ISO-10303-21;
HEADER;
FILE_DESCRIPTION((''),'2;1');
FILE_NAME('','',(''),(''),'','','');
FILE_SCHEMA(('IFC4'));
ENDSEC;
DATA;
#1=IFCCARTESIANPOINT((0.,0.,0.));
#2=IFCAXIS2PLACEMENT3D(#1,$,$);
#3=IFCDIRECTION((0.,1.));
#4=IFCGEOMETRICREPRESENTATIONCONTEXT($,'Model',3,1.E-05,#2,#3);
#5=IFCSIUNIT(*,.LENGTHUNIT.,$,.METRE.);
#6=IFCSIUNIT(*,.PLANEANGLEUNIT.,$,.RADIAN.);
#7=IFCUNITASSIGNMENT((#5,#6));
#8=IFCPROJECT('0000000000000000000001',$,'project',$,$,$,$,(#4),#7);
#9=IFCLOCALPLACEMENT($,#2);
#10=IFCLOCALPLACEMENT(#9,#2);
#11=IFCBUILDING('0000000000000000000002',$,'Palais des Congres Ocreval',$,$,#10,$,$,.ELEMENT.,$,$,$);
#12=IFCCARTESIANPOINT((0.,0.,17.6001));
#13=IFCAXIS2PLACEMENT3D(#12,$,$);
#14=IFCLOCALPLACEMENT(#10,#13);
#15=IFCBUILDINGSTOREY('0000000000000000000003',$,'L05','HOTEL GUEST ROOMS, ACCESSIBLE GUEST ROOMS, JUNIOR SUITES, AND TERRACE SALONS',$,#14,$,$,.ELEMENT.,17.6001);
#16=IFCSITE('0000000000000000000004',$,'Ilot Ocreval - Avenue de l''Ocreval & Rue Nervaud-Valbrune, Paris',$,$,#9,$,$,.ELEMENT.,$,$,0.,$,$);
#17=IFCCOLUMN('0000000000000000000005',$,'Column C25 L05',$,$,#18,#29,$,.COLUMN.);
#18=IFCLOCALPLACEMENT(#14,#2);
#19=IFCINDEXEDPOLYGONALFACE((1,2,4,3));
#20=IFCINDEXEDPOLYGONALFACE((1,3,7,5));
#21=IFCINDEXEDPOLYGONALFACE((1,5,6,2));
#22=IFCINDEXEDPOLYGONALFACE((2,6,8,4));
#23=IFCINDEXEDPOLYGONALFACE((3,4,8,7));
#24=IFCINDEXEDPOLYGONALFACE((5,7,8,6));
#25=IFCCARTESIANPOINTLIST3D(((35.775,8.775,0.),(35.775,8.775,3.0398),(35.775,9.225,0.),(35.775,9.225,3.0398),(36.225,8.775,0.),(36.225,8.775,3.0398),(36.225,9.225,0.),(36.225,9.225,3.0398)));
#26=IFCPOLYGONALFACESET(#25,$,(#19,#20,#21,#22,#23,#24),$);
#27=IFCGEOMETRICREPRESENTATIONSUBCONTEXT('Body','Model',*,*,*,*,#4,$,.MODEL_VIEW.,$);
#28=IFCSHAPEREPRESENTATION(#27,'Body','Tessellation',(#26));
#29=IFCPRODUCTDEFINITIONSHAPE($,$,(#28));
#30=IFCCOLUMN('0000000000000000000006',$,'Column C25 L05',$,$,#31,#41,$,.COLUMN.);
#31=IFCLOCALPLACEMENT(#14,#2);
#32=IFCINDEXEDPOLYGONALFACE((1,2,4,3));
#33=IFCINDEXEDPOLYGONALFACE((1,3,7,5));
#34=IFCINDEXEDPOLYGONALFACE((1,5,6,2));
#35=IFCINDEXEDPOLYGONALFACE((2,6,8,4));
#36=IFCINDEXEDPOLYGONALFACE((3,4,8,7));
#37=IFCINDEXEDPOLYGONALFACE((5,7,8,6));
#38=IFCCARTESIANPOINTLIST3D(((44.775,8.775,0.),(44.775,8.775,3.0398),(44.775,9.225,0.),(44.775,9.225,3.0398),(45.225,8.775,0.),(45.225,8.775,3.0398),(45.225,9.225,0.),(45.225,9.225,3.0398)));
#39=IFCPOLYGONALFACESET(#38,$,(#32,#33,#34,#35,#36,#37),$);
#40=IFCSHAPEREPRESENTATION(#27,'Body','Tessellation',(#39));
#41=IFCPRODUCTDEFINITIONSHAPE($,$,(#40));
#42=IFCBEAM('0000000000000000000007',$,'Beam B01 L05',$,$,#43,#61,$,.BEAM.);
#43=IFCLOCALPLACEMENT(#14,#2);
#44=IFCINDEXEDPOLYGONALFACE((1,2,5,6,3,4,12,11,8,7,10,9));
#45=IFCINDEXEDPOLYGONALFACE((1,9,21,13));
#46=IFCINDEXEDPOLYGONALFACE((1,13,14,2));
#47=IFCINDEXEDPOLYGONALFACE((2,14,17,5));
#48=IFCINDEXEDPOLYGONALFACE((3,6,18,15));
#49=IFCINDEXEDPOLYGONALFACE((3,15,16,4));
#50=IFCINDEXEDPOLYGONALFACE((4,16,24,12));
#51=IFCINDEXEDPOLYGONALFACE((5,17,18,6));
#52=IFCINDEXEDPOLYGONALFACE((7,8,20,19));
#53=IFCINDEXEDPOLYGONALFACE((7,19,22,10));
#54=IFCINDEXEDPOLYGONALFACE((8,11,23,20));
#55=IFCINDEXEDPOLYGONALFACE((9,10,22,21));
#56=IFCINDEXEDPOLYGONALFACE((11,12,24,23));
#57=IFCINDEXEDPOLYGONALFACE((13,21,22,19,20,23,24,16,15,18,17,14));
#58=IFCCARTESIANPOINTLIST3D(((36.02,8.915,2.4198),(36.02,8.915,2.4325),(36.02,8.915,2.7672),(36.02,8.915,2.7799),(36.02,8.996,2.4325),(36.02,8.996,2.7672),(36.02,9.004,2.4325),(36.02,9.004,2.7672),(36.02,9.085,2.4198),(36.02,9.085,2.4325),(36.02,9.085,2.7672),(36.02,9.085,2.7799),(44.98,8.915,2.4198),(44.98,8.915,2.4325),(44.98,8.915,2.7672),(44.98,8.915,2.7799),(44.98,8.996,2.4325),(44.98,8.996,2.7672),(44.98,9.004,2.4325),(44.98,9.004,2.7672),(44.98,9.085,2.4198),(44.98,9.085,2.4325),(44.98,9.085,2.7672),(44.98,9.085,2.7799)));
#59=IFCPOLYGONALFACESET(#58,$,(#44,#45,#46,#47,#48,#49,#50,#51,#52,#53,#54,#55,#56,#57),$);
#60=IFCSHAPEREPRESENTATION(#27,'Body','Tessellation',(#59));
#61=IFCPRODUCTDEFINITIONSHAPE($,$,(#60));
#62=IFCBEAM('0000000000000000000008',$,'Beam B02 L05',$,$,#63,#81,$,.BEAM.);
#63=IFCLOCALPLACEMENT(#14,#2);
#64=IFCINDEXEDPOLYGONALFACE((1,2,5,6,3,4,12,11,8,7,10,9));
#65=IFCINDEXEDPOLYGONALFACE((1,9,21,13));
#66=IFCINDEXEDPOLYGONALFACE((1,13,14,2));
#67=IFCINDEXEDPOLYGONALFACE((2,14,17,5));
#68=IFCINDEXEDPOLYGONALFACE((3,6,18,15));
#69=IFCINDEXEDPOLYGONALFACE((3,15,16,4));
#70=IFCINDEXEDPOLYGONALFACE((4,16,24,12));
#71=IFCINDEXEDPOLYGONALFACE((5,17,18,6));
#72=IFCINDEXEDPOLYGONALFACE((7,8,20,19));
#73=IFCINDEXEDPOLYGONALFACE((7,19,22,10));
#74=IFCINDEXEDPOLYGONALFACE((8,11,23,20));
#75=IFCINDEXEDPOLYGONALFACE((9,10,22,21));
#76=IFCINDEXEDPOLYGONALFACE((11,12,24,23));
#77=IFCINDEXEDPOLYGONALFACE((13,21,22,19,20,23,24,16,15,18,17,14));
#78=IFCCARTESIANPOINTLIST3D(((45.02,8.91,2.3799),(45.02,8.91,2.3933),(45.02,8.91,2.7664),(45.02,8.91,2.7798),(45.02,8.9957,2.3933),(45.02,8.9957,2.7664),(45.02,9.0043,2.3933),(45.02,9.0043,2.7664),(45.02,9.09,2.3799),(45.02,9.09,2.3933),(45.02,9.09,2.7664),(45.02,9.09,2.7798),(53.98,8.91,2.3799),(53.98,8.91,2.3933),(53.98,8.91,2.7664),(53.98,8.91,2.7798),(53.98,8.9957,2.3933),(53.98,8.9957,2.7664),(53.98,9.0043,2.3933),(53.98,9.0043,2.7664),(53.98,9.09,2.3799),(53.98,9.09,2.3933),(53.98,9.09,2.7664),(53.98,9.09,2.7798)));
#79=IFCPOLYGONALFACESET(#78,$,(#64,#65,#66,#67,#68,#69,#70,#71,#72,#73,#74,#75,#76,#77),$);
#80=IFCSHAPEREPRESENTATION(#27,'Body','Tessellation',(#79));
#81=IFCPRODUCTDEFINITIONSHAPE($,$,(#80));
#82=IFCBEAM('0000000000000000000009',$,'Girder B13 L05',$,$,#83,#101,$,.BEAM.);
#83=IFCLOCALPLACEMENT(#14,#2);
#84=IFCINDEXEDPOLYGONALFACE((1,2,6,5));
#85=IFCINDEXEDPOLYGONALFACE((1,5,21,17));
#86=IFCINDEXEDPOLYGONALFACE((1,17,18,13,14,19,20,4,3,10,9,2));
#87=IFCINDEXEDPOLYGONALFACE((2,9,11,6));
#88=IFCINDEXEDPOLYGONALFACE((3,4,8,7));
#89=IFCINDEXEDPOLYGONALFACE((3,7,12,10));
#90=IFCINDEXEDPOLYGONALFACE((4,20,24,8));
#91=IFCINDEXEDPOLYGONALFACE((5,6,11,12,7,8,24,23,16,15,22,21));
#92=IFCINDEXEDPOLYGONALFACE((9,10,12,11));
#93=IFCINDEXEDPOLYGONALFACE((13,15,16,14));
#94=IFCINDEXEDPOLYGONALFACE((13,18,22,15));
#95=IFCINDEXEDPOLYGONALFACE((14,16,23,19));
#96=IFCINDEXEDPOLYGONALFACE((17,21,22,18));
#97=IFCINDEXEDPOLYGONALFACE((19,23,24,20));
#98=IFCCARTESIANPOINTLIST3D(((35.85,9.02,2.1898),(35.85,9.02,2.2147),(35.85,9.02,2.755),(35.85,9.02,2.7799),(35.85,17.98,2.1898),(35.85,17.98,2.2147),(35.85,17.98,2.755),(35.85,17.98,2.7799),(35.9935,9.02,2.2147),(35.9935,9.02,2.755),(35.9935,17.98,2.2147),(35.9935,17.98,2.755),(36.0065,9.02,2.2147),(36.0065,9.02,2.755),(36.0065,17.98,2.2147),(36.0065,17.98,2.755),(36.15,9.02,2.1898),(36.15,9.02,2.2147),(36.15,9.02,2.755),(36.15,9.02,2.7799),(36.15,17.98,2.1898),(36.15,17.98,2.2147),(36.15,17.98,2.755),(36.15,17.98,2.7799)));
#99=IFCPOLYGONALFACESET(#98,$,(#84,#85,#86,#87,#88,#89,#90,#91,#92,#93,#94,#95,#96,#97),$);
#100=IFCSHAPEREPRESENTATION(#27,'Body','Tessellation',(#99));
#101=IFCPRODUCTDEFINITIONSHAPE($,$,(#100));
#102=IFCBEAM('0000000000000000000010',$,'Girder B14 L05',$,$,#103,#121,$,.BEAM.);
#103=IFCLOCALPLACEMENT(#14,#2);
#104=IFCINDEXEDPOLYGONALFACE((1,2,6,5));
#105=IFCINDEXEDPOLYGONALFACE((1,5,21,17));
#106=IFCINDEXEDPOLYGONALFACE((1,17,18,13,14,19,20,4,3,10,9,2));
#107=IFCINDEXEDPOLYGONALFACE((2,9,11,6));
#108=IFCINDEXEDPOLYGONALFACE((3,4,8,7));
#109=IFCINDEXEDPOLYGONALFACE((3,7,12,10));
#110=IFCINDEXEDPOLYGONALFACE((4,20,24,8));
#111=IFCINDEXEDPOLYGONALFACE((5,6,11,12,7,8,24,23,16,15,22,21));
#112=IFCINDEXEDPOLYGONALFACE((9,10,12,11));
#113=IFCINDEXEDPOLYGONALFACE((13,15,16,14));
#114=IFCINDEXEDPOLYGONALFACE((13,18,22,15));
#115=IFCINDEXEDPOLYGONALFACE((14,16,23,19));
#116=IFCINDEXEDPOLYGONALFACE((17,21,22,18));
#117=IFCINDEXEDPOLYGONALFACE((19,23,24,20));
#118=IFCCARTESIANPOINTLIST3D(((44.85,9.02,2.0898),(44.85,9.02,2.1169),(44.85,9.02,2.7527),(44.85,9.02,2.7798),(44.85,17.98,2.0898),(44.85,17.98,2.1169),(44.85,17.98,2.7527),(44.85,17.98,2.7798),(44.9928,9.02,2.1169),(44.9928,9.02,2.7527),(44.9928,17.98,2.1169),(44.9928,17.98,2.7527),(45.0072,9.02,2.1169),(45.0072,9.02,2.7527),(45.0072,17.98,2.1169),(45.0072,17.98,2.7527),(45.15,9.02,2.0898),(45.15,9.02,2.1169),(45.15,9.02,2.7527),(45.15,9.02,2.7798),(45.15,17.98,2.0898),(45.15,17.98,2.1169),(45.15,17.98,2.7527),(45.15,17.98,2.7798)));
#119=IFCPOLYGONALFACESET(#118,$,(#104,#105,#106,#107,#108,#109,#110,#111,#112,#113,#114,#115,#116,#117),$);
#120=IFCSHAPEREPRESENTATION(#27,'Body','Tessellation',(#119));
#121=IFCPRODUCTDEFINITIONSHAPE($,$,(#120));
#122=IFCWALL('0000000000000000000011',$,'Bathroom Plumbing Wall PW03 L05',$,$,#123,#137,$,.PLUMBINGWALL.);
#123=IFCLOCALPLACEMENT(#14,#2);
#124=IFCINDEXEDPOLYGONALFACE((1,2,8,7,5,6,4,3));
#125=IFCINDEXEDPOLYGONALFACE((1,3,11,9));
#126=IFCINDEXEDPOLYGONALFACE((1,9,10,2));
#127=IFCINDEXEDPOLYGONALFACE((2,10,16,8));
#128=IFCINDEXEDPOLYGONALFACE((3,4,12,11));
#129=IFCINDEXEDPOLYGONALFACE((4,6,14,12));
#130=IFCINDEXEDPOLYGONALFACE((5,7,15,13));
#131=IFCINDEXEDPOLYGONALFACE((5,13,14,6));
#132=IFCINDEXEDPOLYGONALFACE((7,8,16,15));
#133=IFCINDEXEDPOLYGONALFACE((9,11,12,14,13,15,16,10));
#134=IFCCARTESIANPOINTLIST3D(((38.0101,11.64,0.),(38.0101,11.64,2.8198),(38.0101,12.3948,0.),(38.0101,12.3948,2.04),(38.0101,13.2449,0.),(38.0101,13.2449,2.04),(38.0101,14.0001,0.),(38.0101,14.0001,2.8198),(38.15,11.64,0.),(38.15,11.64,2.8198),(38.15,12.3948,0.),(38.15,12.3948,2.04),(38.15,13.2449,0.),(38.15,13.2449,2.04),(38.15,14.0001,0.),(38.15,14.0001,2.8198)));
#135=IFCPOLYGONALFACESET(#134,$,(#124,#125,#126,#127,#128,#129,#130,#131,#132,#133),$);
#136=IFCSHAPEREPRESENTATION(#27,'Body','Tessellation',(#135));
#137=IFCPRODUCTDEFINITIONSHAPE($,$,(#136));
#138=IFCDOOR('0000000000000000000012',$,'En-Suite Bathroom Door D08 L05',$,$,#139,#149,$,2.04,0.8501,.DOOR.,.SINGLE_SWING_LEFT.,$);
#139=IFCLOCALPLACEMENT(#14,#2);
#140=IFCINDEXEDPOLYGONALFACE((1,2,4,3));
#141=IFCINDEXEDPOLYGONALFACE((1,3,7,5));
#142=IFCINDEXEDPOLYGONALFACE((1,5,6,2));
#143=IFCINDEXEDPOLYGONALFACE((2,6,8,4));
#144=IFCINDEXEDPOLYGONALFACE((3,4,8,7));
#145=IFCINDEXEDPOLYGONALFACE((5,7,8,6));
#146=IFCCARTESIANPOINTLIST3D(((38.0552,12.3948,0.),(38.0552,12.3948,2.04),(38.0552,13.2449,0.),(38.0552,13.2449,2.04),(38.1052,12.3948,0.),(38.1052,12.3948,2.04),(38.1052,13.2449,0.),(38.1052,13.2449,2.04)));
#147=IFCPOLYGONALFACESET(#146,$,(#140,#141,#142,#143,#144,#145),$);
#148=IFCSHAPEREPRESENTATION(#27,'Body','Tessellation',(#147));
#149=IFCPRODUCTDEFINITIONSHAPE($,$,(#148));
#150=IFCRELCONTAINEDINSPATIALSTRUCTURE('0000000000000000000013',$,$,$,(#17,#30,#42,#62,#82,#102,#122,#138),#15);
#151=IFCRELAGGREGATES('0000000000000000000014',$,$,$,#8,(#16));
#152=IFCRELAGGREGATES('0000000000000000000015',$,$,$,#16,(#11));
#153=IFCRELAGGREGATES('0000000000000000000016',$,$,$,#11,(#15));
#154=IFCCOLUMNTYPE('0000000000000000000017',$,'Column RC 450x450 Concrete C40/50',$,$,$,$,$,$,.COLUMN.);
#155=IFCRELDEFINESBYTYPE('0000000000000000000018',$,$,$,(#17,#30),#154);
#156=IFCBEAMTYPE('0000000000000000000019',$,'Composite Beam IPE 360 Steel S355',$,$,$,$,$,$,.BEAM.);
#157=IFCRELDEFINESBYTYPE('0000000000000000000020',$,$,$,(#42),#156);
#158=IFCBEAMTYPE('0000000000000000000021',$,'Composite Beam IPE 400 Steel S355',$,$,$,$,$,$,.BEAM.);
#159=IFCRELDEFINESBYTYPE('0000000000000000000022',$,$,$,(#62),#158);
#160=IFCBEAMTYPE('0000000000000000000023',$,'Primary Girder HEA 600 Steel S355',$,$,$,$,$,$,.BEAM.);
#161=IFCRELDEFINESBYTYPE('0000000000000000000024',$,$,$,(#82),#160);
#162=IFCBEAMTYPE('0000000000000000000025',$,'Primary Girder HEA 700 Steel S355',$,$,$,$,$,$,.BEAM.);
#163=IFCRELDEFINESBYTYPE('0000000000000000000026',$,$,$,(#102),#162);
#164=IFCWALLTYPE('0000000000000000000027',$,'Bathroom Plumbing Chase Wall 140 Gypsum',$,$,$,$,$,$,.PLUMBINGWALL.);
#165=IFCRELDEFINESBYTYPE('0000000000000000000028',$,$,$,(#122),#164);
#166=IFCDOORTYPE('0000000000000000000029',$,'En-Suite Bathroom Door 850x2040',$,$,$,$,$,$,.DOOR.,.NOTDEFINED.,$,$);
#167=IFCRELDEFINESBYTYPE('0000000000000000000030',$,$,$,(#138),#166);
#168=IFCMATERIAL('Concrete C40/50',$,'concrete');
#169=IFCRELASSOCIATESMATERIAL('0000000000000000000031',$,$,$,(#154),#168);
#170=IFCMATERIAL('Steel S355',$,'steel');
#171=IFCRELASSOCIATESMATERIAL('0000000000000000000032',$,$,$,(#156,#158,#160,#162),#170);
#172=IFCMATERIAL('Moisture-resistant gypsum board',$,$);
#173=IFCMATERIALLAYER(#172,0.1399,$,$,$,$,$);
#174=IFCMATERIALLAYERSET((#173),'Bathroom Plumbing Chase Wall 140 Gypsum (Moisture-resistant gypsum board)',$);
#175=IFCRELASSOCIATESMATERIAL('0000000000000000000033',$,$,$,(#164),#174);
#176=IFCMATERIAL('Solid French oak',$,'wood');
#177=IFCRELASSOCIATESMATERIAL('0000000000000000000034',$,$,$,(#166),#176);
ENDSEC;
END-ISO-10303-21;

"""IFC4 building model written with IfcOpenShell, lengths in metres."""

from ifc_helpers import new_model, si_unit, direction, frame, frame_2d, origin, origin_2d, place, context, subcontext, project, spatial, rectangle, i_section, extrude, material, layer, layer_set, material_profile, profile_set, type_object, element, fill, save


model = new_model("IFC4")

# Units and contexts
model_context = context("Model", 3, precision=1e-05, world=origin(), true_north=direction((0.0, 1.0)))
body_context = subcontext(model_context, "Body", "Model", "MODEL_VIEW")
ifc_project = project(units=[si_unit("LENGTHUNIT", "METRE"), si_unit("PLANEANGLEUNIT", "RADIAN")], contexts=[model_context])

# Site, building, storey
site_placement = place(None, origin())
site = spatial("IfcSite", under=ifc_project, at=site_placement, Name="Ilot Ocreval - Avenue de l'Ocreval & Rue Nervaud-Valbrune, Paris", CompositionType="ELEMENT", RefElevation=0.0)
building_placement = place(site_placement, origin())
building = spatial("IfcBuilding", under=site, at=building_placement, Name="Palais des Congres Ocreval", CompositionType="ELEMENT")
storey_placement = place(building_placement, frame((0.0, 0.0, 17.6001)))
storey = spatial("IfcBuildingStorey", under=building, at=storey_placement, Name="L05", Description="HOTEL GUEST ROOMS, ACCESSIBLE GUEST ROOMS, JUNIOR SUITES, AND TERRACE SALONS", CompositionType="ELEMENT", Elevation=17.6001)

# Columns
ifc_material_1 = material(Name="Concrete C40/50", Category="concrete")
ifc_material_profile_1 = material_profile(ifc_material_1, rectangle(XDim=0.45, YDim=0.45, at=origin_2d()), Name="RC 450x450")
ifc_profile_set_1 = profile_set([ifc_material_profile_1], Name="Concrete C40/50")
column_type = type_object("IfcColumnType", Name="Column RC 450x450 Concrete C40/50", PredefinedType="COLUMN", material=ifc_profile_set_1)
for number, where, z_axis, x_axis, name in (
    (1, (36.0, 9.0, 0.0), (0.0, 0.0, 1.0), (1.0, 0.0, 0.0), "Column C25 L05"),
    (2, (45.0, 9.0, 0.0), (0.0, 0.0, 1.0), (1.0, 0.0, 0.0), "Column C25 L05"),
):
    element("IfcColumn", number, at=place(storey_placement, frame(where, z_axis=z_axis, x_axis=x_axis)), inside=storey, type_object=column_type, Name=name, PredefinedType="COLUMN", context=body_context, shape_type="SweptSolid", body=[
        extrude(rectangle(XDim=0.45, YDim=0.45, at=origin_2d()), origin(), (0.0, 0.0, 1.0), 3.0398),
    ])

# Beams
ifc_material_2 = material(Name="Steel S355", Category="steel")
ifc_material_profile_2 = material_profile(ifc_material_2, i_section(OverallWidth=0.1699, OverallDepth=0.3601, WebThickness=0.0081, FlangeThickness=0.0127, at=origin_2d()), Name="IPE 360")
ifc_profile_set_2 = profile_set([ifc_material_profile_2], Name="Steel S355")
beam_type_1 = type_object("IfcBeamType", Name="Composite Beam IPE 360 Steel S355", PredefinedType="BEAM", material=ifc_profile_set_2)
beam_1_placement = place(storey_placement, frame((36.02, 9.0, 2.5999), z_axis=(1.0, 0.0, 0.0), x_axis=(0.0, 1.0, 0.0)))
element("IfcBeam", 3, at=beam_1_placement, inside=storey, type_object=beam_type_1, Name="Beam B01 L05", PredefinedType="BEAM", context=body_context, shape_type="SweptSolid", body=[
    extrude(i_section(OverallWidth=0.1699, OverallDepth=0.3601, WebThickness=0.0081, FlangeThickness=0.0127, at=origin_2d()), origin(), (0.0, 0.0, 1.0), 8.96),
])
ifc_material_profile_3 = material_profile(ifc_material_2, i_section(OverallWidth=0.1799, OverallDepth=0.3999, WebThickness=0.0085, FlangeThickness=0.0134, at=origin_2d()), Name="IPE 400")
ifc_profile_set_3 = profile_set([ifc_material_profile_3], Name="Steel S355")
beam_type_2 = type_object("IfcBeamType", Name="Composite Beam IPE 400 Steel S355", PredefinedType="BEAM", material=ifc_profile_set_3)
beam_2_placement = place(storey_placement, frame((45.02, 9.0, 2.5798), z_axis=(1.0, 0.0, 0.0), x_axis=(0.0, 1.0, 0.0)))
element("IfcBeam", 4, at=beam_2_placement, inside=storey, type_object=beam_type_2, Name="Beam B02 L05", PredefinedType="BEAM", context=body_context, shape_type="SweptSolid", body=[
    extrude(i_section(OverallWidth=0.1799, OverallDepth=0.3999, WebThickness=0.0085, FlangeThickness=0.0134, at=origin_2d()), origin(), (0.0, 0.0, 1.0), 8.96),
])
ifc_material_profile_4 = material_profile(ifc_material_2, i_section(OverallWidth=0.3, OverallDepth=0.5901, WebThickness=0.0129, FlangeThickness=0.0249, at=origin_2d()), Name="HEA 600")
ifc_profile_set_4 = profile_set([ifc_material_profile_4], Name="Steel S355")
beam_type_3 = type_object("IfcBeamType", Name="Primary Girder HEA 600 Steel S355", PredefinedType="BEAM", material=ifc_profile_set_4)
beam_3_placement = place(storey_placement, frame((36.0, 9.02, 2.4849), z_axis=(0.0, 1.0, 0.0), x_axis=(-1.0, 0.0, 0.0)))
element("IfcBeam", 5, at=beam_3_placement, inside=storey, type_object=beam_type_3, Name="Girder B13 L05", PredefinedType="BEAM", context=body_context, shape_type="SweptSolid", body=[
    extrude(i_section(OverallWidth=0.3, OverallDepth=0.5901, WebThickness=0.0129, FlangeThickness=0.0249, at=origin_2d()), origin(), (0.0, 0.0, 1.0), 8.96),
])
ifc_material_profile_5 = material_profile(ifc_material_2, i_section(OverallWidth=0.3, OverallDepth=0.6899, WebThickness=0.0144, FlangeThickness=0.0271, at=origin_2d()), Name="HEA 700")
ifc_profile_set_5 = profile_set([ifc_material_profile_5], Name="Steel S355")
beam_type_4 = type_object("IfcBeamType", Name="Primary Girder HEA 700 Steel S355", PredefinedType="BEAM", material=ifc_profile_set_5)
beam_4_placement = place(storey_placement, frame((45.0, 9.02, 2.4348), z_axis=(0.0, 1.0, 0.0), x_axis=(-1.0, 0.0, 0.0)))
element("IfcBeam", 6, at=beam_4_placement, inside=storey, type_object=beam_type_4, Name="Girder B14 L05", PredefinedType="BEAM", context=body_context, shape_type="SweptSolid", body=[
    extrude(i_section(OverallWidth=0.3, OverallDepth=0.6899, WebThickness=0.0144, FlangeThickness=0.0271, at=origin_2d()), origin(), (0.0, 0.0, 1.0), 8.96),
])

# Wall, opening, door
ifc_material_3 = material(Name="Moisture-resistant gypsum board")
ifc_layer_1 = layer(ifc_material_3, 0.1399)
ifc_layer_set_1 = layer_set([ifc_layer_1], Name="Bathroom Plumbing Chase Wall 140 Gypsum (Moisture-resistant gypsum board)")
wall_type_1 = type_object("IfcWallType", Name="Bathroom Plumbing Chase Wall 140 Gypsum", PredefinedType="PLUMBINGWALL", material=ifc_layer_set_1)
wall_1_placement = place(storey_placement, frame((38.0801, 11.6399, 0.0), z_axis=(0.0, 0.0, 1.0), x_axis=(0.0, 1.0, 0.0)))
wall_1 = element("IfcWall", 7, at=wall_1_placement, inside=storey, type_object=wall_type_1, Name="Bathroom Plumbing Wall PW03 L05", PredefinedType="PLUMBINGWALL", context=body_context, shape_type="SweptSolid", body=[
    extrude(rectangle(XDim=2.3601, YDim=0.1399, at=frame_2d((1.1802, 0.0))), origin(), (0.0, 0.0, 1.0), 2.8198),
])
opening_1_placement = place(wall_1_placement, frame((0.7549, 0.0, 0.0)))
opening_1 = element("IfcOpeningElement", 8, at=opening_1_placement, cuts=wall_1, PredefinedType="OPENING", context=body_context, shape_type="SweptSolid", body=[
    extrude(rectangle(XDim=0.8501, YDim=2.04, at=frame_2d((0.425, 1.02))), frame((0.0, 0.0798, 0.0), z_axis=(0.0, -1.0, 0.0), x_axis=(1.0, 0.0, 0.0)), (0.0, 0.0, 1.0), 0.1599),
])
ifc_material_4 = material(Name="Solid French oak", Category="wood")
door_type_1 = type_object("IfcDoorType", Name="En-Suite Bathroom Door 850x2040", OperationType="NOTDEFINED", PredefinedType="DOOR", material=ifc_material_4)
door_1_placement = place(opening_1_placement, origin())
door_1 = element("IfcDoor", 9, at=door_1_placement, inside=storey, type_object=door_type_1, Name="En-Suite Bathroom Door D08 L05", OperationType="SINGLE_SWING_LEFT", OverallHeight=2.04, OverallWidth=0.8501, PredefinedType="DOOR", context=body_context, shape_type="SweptSolid", body=[
    extrude(rectangle(XDim=0.8501, YDim=2.04, at=frame_2d((0.425, 1.02))), frame((0.0, 0.0249, 0.0), z_axis=(0.0, -1.0, 0.0), x_axis=(1.0, 0.0, 0.0)), (0.0, 0.0, 1.0), 0.05),
])
fill(opening_1, door_1)

save(model, "model.ifc")
